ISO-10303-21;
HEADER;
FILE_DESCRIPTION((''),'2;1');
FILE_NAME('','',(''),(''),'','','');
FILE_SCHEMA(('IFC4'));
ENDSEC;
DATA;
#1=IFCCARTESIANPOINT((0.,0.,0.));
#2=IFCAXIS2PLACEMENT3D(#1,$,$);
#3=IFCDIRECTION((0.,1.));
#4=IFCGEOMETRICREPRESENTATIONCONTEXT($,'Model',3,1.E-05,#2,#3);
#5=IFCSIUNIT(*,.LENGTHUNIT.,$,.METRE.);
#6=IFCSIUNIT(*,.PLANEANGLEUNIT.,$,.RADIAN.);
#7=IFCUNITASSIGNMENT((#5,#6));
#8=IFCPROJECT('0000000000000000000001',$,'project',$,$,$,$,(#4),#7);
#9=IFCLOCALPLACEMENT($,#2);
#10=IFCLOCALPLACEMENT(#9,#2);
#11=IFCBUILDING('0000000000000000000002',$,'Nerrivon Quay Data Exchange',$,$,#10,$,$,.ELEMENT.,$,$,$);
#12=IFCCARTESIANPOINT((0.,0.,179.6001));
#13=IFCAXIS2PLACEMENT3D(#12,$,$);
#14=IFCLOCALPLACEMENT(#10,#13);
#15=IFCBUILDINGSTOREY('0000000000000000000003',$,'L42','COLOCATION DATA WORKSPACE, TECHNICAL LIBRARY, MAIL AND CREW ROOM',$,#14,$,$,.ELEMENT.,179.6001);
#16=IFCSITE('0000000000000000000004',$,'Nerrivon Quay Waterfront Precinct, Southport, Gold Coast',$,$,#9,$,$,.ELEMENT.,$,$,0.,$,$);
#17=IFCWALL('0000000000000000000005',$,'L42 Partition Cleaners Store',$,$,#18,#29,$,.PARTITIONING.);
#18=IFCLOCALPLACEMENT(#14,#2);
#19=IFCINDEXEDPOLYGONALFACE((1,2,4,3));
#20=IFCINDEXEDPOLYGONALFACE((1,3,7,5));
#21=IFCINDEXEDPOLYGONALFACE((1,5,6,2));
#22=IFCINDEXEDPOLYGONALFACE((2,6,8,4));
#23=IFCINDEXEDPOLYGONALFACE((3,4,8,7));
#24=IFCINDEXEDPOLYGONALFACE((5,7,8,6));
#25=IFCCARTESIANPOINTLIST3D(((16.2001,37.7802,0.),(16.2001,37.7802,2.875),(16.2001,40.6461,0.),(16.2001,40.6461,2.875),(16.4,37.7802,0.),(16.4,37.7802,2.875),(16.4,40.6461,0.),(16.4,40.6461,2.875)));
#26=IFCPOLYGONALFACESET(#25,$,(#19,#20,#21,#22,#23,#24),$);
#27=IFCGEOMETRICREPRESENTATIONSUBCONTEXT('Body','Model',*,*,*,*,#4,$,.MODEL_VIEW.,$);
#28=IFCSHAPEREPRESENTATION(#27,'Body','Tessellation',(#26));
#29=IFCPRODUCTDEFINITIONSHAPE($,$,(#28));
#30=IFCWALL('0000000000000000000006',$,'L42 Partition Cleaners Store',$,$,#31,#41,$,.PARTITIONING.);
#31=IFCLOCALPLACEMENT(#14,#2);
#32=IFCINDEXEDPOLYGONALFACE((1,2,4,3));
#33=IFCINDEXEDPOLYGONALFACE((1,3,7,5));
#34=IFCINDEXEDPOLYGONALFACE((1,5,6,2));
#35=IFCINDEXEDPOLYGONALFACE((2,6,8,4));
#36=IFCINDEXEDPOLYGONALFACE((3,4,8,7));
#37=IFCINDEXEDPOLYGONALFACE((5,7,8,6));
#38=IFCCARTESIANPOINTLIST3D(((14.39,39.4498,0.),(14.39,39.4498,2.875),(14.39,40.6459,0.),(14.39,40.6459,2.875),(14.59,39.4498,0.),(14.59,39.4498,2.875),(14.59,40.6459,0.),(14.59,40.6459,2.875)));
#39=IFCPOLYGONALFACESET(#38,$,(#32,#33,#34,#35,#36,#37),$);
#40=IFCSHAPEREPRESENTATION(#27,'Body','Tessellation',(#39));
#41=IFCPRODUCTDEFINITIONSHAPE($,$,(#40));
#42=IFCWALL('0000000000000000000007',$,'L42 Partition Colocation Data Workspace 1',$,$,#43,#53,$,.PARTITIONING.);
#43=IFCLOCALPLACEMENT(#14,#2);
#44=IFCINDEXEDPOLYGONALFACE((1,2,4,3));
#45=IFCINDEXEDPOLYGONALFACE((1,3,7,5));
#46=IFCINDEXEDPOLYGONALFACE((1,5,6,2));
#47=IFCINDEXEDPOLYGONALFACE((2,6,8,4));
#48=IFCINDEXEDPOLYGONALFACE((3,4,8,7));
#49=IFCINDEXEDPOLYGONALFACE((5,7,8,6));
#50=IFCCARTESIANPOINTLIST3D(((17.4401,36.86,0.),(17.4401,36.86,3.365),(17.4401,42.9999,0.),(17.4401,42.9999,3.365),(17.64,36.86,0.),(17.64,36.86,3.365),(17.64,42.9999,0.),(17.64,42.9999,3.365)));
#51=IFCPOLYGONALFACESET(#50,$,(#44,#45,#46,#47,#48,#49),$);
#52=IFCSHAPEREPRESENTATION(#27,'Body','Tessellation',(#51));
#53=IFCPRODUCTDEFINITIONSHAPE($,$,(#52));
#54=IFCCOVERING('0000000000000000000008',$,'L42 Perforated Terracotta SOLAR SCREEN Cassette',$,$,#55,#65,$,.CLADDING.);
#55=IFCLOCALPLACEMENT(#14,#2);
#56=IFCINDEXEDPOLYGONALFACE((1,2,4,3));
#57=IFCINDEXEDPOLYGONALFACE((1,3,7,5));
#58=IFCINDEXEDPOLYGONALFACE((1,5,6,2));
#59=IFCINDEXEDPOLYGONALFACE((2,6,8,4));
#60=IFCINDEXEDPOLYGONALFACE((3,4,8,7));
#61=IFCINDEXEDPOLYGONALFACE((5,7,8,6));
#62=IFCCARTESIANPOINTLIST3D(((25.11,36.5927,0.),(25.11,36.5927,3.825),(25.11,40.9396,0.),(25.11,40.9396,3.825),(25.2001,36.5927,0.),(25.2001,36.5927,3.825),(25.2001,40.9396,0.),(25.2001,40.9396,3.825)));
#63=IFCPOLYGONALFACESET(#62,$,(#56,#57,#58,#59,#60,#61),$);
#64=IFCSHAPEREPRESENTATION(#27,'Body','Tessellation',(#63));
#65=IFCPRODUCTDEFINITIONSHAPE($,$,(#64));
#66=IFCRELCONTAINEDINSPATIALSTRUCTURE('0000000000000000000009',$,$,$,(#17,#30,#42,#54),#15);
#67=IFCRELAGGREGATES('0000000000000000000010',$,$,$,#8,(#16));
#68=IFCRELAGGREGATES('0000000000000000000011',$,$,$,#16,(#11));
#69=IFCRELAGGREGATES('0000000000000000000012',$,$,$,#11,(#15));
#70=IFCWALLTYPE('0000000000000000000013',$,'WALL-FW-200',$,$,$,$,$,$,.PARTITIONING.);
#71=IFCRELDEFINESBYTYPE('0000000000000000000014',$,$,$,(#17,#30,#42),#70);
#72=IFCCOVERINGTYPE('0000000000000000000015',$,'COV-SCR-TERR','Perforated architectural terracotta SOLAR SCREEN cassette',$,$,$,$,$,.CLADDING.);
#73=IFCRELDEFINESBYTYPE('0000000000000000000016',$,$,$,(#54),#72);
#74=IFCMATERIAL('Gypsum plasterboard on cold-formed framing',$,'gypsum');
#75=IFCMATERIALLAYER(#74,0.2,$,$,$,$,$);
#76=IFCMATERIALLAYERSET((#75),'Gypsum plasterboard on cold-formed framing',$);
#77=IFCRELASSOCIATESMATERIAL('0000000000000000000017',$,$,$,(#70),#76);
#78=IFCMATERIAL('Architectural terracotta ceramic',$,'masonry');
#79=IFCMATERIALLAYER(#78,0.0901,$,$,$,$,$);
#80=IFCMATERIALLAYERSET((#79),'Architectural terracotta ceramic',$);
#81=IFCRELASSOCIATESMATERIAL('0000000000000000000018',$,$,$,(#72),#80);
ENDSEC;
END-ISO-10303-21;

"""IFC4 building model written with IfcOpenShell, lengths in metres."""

from ifc_helpers import new_model, si_unit, direction, frame, frame_2d, origin, origin_2d, place, context, subcontext, project, spatial, rectangle, extrude, material, layer, layer_set, type_object, element, save


model = new_model("IFC4")

# Units and contexts
model_context = context("Model", 3, precision=1e-05, world=origin(), true_north=direction((0.0, 1.0)))
body_context = subcontext(model_context, "Body", "Model", "MODEL_VIEW")
ifc_project = project(units=[si_unit("LENGTHUNIT", "METRE"), si_unit("PLANEANGLEUNIT", "RADIAN")], contexts=[model_context])

# Site, building, storey
site_placement = place(None, origin())
site = spatial("IfcSite", under=ifc_project, at=site_placement, Name="Nerrivon Quay Waterfront Precinct, Southport, Gold Coast", CompositionType="ELEMENT", RefElevation=0.0)
building_placement = place(site_placement, origin())
building = spatial("IfcBuilding", under=site, at=building_placement, Name="Nerrivon Quay Data Exchange", CompositionType="ELEMENT")
storey_placement = place(building_placement, frame((0.0, 0.0, 179.6001)))
storey = spatial("IfcBuildingStorey", under=building, at=storey_placement, Name="L42", Description="COLOCATION DATA WORKSPACE, TECHNICAL LIBRARY, MAIL AND CREW ROOM", CompositionType="ELEMENT", Elevation=179.6001)

# Walls
ifc_material_1 = material(Name="Gypsum plasterboard on cold-formed framing", Category="gypsum")
ifc_layer_1 = layer(ifc_material_1, 0.2)
ifc_layer_set_1 = layer_set([ifc_layer_1], Name="Gypsum plasterboard on cold-formed framing")
wall_type_1 = type_object("IfcWallType", Name="WALL-FW-200", PredefinedType="PARTITIONING", material=ifc_layer_set_1)
wall_1_placement = place(storey_placement, frame((16.3, 37.78, 0.0), z_axis=(0.0, 0.0, 1.0), x_axis=(0.0, 1.0, 0.0)))
element("IfcWall", 1, at=wall_1_placement, inside=storey, type_object=wall_type_1, Name="L42 Partition Cleaners Store", PredefinedType="PARTITIONING", context=body_context, shape_type="SweptSolid", body=[
    extrude(rectangle(XDim=2.866, YDim=0.2, at=frame_2d((1.4331, 0.0))), origin(), (0.0, 0.0, 1.0), 2.875),
])
wall_2_placement = place(storey_placement, frame((14.49, 40.646, 0.0), z_axis=(0.0, 0.0, 1.0), x_axis=(0.0, -1.0, 0.0)))
element("IfcWall", 2, at=wall_2_placement, inside=storey, type_object=wall_type_1, Name="L42 Partition Cleaners Store", PredefinedType="PARTITIONING", context=body_context, shape_type="SweptSolid", body=[
    extrude(rectangle(XDim=1.196, YDim=0.2, at=frame_2d((0.5981, 0.0))), origin(), (0.0, 0.0, 1.0), 2.875),
])
wall_3_placement = place(storey_placement, frame((17.54, 36.8601, 0.0), z_axis=(0.0, 0.0, 1.0), x_axis=(0.0, 1.0, 0.0)))
element("IfcWall", 3, at=wall_3_placement, inside=storey, type_object=wall_type_1, Name="L42 Partition Colocation Data Workspace 1", PredefinedType="PARTITIONING", context=body_context, shape_type="SweptSolid", body=[
    extrude(rectangle(XDim=6.1399, YDim=0.2, at=frame_2d((3.0698, 0.0))), origin(), (0.0, 0.0, 1.0), 3.365),
])

# Covering
ifc_material_2 = material(Name="Architectural terracotta ceramic", Category="masonry")
ifc_layer_2 = layer(ifc_material_2, 0.0901)
ifc_layer_set_2 = layer_set([ifc_layer_2], Name="Architectural terracotta ceramic")
covering_type = type_object("IfcCoveringType", Name="COV-SCR-TERR", Description="Perforated architectural terracotta SOLAR SCREEN cassette", PredefinedType="CLADDING", material=ifc_layer_set_2)
covering_placement = place(storey_placement, frame((25.155, 38.7661, 0.0), z_axis=(0.0, 0.0, 1.0), x_axis=(0.0, -1.0, 0.0)))
element("IfcCovering", 4, at=covering_placement, inside=storey, type_object=covering_type, Name="L42 Perforated Terracotta SOLAR SCREEN Cassette", PredefinedType="CLADDING", context=body_context, shape_type="SweptSolid", body=[
    extrude(rectangle(XDim=4.3469, YDim=0.0901, at=origin_2d()), origin(), (0.0, 0.0, 1.0), 3.825),
])

save(model, "model.ifc")
